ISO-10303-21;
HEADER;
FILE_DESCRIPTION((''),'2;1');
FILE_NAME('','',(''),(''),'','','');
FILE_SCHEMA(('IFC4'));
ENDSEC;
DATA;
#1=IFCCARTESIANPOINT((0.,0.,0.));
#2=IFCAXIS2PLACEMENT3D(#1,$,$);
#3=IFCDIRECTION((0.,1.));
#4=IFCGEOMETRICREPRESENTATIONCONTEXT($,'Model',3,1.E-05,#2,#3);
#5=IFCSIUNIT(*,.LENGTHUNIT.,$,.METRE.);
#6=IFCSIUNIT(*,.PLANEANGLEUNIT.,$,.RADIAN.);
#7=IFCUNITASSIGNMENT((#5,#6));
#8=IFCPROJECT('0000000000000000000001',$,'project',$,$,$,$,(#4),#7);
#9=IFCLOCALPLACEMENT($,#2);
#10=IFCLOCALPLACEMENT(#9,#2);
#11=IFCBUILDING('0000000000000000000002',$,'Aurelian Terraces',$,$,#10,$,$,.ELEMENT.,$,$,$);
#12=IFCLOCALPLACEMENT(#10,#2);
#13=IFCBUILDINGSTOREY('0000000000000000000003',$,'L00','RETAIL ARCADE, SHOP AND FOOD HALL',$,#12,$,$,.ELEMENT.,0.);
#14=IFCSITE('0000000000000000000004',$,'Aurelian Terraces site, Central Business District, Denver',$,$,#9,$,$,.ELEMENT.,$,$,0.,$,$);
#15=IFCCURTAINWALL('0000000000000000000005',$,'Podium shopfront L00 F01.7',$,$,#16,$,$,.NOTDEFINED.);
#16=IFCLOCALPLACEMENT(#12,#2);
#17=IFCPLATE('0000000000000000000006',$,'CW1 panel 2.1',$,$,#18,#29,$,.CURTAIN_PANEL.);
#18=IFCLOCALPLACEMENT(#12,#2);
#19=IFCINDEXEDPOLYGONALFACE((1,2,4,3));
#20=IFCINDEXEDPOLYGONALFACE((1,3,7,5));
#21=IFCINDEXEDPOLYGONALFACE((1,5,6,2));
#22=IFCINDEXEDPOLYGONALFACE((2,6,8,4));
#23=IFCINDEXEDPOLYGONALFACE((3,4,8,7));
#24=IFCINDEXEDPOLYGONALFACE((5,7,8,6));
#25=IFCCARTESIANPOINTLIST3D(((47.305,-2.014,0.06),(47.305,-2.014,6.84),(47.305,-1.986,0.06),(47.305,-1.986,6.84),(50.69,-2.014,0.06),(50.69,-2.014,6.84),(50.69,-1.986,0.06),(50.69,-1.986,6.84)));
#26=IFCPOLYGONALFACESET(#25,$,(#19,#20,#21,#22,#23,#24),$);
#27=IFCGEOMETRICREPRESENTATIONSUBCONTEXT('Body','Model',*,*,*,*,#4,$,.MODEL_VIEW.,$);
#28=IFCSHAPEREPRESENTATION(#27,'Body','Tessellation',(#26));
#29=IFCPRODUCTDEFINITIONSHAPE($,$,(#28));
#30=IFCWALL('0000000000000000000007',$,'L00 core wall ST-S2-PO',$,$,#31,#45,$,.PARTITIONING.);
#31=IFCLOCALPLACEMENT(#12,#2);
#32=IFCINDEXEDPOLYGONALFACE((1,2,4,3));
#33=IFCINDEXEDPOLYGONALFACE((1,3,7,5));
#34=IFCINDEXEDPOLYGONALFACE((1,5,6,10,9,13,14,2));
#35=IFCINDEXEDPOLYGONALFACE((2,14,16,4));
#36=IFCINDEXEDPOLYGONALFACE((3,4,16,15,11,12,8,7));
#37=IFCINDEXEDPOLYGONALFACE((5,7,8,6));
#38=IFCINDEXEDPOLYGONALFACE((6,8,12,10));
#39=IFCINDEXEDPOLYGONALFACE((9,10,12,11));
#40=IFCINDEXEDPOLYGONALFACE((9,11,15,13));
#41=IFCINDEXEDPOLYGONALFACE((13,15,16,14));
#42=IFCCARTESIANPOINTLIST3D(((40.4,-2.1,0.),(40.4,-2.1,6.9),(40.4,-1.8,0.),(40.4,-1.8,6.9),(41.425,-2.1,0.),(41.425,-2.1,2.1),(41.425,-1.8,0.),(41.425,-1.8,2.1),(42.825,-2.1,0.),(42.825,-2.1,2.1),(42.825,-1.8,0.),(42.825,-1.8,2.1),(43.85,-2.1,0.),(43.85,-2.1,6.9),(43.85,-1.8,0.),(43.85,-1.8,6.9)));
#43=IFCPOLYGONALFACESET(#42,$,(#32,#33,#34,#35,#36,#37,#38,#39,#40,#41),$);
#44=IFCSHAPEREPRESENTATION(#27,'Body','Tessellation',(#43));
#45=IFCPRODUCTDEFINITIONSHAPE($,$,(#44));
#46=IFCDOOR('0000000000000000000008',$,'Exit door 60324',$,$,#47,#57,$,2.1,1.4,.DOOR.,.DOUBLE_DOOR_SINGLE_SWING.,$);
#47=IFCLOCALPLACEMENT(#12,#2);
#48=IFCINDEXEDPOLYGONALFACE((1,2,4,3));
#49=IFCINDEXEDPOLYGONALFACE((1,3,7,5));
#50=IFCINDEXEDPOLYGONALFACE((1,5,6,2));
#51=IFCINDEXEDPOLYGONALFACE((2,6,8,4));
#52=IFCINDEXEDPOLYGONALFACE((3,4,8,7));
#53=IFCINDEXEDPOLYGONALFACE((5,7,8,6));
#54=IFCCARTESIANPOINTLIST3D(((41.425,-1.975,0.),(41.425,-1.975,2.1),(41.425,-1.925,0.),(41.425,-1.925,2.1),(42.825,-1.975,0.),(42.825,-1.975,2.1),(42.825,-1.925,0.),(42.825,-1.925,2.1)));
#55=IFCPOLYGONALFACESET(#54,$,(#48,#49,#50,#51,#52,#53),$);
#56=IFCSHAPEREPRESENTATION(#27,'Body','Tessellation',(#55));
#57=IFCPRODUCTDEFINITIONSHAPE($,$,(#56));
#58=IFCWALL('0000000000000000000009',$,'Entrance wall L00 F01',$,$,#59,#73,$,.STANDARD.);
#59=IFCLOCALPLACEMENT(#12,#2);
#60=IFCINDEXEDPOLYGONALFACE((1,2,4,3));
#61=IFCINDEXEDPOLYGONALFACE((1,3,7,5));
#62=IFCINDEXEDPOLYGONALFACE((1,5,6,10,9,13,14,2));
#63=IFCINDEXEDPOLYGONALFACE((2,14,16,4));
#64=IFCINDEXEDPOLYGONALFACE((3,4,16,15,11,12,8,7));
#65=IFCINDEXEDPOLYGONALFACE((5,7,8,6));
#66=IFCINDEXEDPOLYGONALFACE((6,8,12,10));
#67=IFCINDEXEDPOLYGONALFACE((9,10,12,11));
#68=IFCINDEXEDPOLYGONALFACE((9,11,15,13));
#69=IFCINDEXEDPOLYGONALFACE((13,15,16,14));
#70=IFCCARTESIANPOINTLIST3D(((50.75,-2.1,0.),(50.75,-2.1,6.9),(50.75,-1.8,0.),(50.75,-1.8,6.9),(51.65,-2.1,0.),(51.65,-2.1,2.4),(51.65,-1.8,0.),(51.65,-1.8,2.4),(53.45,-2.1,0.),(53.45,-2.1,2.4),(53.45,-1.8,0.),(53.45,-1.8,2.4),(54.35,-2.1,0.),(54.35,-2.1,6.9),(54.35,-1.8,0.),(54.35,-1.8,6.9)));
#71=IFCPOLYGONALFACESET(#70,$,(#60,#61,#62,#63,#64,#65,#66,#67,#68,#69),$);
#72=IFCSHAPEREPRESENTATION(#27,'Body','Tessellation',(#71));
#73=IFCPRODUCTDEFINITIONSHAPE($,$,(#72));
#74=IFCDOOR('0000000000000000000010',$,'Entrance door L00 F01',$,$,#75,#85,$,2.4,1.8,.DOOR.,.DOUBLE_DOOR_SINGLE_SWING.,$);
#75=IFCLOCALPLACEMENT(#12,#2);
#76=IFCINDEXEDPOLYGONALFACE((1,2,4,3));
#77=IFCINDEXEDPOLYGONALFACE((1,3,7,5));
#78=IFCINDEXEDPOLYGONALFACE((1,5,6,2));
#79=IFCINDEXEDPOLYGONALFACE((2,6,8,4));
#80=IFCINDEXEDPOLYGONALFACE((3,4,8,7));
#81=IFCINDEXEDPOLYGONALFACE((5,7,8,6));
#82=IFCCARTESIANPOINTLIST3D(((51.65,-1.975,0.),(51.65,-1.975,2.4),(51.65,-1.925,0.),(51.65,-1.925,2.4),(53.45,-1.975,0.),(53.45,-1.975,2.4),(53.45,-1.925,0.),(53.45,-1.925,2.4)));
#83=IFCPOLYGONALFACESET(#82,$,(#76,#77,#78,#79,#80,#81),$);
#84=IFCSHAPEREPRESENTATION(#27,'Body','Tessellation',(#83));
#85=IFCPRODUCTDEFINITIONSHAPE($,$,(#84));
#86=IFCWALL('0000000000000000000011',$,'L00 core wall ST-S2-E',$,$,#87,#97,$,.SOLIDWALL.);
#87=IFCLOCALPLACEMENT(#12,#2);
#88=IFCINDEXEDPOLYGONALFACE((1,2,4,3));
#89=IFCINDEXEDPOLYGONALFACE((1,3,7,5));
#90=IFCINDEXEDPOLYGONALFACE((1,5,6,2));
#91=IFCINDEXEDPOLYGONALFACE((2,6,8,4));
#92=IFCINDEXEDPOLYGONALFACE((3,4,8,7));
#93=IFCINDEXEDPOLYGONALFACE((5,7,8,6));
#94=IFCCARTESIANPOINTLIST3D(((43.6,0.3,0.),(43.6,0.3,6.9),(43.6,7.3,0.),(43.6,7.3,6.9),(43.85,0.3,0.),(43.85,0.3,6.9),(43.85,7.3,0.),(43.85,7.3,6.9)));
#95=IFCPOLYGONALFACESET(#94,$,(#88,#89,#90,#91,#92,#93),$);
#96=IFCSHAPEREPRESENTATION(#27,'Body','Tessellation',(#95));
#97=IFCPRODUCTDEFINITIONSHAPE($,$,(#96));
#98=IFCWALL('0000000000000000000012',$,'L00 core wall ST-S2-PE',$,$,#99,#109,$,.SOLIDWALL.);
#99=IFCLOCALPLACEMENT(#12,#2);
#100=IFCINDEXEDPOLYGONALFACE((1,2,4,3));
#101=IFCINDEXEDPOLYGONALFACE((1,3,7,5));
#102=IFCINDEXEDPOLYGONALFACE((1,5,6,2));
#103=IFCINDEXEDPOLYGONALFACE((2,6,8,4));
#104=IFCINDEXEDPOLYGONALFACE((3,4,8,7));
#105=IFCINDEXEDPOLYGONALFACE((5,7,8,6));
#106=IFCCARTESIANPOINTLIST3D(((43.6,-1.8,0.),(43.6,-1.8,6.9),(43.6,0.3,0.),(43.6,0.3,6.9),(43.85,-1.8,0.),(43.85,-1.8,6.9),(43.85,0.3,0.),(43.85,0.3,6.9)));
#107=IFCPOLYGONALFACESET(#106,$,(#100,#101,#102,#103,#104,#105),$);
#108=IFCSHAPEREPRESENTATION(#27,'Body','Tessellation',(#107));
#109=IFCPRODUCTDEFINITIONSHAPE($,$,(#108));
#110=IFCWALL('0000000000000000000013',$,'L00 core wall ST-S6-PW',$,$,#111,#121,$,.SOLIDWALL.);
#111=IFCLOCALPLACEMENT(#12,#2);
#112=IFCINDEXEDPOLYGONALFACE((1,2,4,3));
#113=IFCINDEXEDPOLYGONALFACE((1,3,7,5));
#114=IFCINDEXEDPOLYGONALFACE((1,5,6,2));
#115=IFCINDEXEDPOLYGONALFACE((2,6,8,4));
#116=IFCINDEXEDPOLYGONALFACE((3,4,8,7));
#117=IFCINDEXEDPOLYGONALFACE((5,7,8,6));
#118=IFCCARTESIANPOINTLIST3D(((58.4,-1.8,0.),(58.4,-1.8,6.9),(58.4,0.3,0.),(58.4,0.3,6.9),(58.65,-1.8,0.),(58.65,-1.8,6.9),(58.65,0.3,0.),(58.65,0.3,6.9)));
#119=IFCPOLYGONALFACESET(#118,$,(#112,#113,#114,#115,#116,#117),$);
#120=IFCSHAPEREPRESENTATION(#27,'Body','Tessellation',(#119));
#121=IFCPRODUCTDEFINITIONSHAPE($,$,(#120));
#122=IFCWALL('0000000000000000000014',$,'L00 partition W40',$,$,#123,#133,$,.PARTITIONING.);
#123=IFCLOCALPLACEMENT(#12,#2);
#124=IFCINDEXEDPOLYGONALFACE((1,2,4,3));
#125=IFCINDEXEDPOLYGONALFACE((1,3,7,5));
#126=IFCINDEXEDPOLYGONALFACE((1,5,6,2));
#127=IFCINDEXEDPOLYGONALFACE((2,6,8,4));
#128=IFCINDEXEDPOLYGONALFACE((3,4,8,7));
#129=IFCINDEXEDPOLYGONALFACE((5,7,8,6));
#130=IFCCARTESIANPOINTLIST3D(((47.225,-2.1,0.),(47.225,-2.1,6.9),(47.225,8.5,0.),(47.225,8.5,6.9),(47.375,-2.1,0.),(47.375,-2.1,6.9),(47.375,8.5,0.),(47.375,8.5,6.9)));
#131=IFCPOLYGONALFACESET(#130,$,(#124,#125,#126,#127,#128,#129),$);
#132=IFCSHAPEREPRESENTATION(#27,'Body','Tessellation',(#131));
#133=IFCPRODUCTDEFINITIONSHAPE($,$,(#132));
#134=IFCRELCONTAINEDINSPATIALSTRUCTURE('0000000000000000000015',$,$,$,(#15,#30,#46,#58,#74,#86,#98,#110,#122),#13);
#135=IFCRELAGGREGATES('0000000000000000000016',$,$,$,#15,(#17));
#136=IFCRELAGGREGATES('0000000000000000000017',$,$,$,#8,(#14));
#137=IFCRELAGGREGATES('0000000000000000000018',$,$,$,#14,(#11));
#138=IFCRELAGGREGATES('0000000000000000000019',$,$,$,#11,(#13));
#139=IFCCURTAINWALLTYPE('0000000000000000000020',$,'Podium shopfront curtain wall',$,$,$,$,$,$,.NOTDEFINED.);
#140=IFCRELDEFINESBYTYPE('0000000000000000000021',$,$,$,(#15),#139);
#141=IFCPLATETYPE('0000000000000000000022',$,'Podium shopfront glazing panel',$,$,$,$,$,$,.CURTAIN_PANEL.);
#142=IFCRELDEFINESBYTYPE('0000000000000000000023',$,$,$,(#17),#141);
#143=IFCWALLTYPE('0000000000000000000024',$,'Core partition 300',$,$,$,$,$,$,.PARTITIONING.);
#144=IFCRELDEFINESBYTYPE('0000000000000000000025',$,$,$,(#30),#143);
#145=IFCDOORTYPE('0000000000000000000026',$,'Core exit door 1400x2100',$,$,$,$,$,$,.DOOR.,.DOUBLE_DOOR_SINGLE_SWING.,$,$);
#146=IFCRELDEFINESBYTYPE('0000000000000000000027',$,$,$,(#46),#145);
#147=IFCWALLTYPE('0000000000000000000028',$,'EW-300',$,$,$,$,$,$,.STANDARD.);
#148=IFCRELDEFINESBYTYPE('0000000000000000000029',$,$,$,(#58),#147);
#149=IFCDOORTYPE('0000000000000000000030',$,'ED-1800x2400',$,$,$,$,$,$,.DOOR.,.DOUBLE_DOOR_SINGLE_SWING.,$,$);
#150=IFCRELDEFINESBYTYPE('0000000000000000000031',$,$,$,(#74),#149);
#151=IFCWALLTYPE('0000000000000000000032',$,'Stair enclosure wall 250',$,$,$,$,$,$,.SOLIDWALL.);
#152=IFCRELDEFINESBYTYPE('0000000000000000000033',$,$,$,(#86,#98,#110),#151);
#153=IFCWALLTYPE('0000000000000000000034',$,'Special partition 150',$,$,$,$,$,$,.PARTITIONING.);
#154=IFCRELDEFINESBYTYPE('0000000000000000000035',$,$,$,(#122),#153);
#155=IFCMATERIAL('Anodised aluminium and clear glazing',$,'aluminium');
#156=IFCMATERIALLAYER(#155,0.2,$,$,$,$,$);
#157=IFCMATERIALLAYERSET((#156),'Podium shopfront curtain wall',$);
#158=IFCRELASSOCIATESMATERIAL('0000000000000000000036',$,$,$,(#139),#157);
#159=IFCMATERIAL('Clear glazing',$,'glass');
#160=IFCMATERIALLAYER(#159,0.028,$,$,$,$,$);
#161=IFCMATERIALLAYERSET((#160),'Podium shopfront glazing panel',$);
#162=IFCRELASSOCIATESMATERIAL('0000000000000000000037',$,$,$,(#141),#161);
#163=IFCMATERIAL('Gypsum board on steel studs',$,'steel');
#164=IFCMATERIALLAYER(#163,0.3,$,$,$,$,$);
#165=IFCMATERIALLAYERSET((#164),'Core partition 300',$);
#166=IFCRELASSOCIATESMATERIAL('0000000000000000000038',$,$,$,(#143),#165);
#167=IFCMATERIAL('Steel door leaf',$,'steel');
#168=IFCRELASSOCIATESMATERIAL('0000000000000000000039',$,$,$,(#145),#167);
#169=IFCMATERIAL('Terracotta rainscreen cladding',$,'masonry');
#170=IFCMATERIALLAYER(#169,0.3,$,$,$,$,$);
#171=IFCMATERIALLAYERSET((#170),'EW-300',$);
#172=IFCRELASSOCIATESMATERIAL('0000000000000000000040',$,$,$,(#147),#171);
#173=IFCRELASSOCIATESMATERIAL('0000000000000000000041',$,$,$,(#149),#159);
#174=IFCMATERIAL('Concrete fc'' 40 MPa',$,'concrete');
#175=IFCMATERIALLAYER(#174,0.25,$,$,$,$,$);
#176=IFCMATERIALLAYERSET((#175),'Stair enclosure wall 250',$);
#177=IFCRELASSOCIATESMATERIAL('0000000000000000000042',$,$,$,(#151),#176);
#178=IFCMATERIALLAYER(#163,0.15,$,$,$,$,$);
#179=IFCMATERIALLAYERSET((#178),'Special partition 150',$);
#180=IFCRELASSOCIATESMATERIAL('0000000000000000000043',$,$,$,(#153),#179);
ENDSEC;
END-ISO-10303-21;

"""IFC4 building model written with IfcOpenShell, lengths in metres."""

from ifc_helpers import new_model, si_unit, direction, frame, frame_2d, origin, origin_2d, place, context, subcontext, project, spatial, rectangle, extrude, source, transform, mapped, material, layer, layer_set, type_object, element, fill, aggregate, save


model = new_model("IFC4")

# Units and contexts
model_context = context("Model", 3, precision=1e-05, world=origin(), true_north=direction((0.0, 1.0)))
body_context = subcontext(model_context, "Body", "Model", "MODEL_VIEW")
ifc_project = project(units=[si_unit("LENGTHUNIT", "METRE"), si_unit("PLANEANGLEUNIT", "RADIAN")], contexts=[model_context])

# Site, building, storey
site_placement = place(None, origin())
site = spatial("IfcSite", under=ifc_project, at=site_placement, Name="Aurelian Terraces site, Central Business District, Denver", CompositionType="ELEMENT", RefElevation=0.0)
building_placement = place(site_placement, origin())
building = spatial("IfcBuilding", under=site, at=building_placement, Name="Aurelian Terraces", CompositionType="ELEMENT")
storey_placement = place(building_placement, origin())
storey = spatial("IfcBuildingStorey", under=building, at=storey_placement, Name="L00", Description="RETAIL ARCADE, SHOP AND FOOD HALL", CompositionType="ELEMENT", Elevation=0.0)

# Curtain wall
ifc_material_1 = material(Name="Anodised aluminium and clear glazing", Category="aluminium")
ifc_layer_1 = layer(ifc_material_1, 0.2)
ifc_layer_set_1 = layer_set([ifc_layer_1], Name="Podium shopfront curtain wall")
curtain_wall_type = type_object("IfcCurtainWallType", Name="Podium shopfront curtain wall", PredefinedType="NOTDEFINED", material=ifc_layer_set_1)
curtain_wall_1_placement = place(storey_placement, origin())
curtain_wall_1 = element("IfcCurtainWall", 1, at=curtain_wall_1_placement, inside=storey, type_object=curtain_wall_type, Name="Podium shopfront L00 F01.7", PredefinedType="NOTDEFINED")

# Plate
ifc_material_2 = material(Name="Clear glazing", Category="glass")
ifc_layer_2 = layer(ifc_material_2, 0.028)
ifc_layer_set_2 = layer_set([ifc_layer_2], Name="Podium shopfront glazing panel")
plate_type = type_object("IfcPlateType", Name="Podium shopfront glazing panel", PredefinedType="CURTAIN_PANEL", material=ifc_layer_set_2)
shared_shape_1 = source(origin(), body_context, "Body", "SweptSolid", [
    extrude(rectangle(XDim=3.385, YDim=0.028, at=origin_2d()), origin(), (0.0, 0.0, 1.0), 6.78),
])
plate_1_placement = place(storey_placement, frame((48.9975, -2.0, 0.06), z_axis=(0.0, 0.0, 1.0), x_axis=(1.0, 0.0, 0.0)))
plate_1 = element("IfcPlate", 2, at=plate_1_placement, type_object=plate_type, Name="CW1 panel 2.1", PredefinedType="CURTAIN_PANEL", context=body_context, shape_type="MappedRepresentation", body=[
    mapped(shared_shape_1, transform((0.0, 0.0, 0.0), scale=1.0)),
])
aggregate(curtain_wall_1, [plate_1])

# Walls, openings, doors
ifc_material_3 = material(Name="Gypsum board on steel studs", Category="steel")
ifc_layer_3 = layer(ifc_material_3, 0.3)
ifc_layer_set_3 = layer_set([ifc_layer_3], Name="Core partition 300")
wall_type_1 = type_object("IfcWallType", Name="Core partition 300", PredefinedType="PARTITIONING", material=ifc_layer_set_3)
wall_1_placement = place(storey_placement, frame((43.85, -1.95, 0.0), z_axis=(0.0, 0.0, 1.0), x_axis=(-1.0, 0.0, 0.0)))
wall_1 = element("IfcWall", 3, at=wall_1_placement, inside=storey, type_object=wall_type_1, Name="L00 core wall ST-S2-PO", PredefinedType="PARTITIONING", context=body_context, shape_type="SweptSolid", body=[
    extrude(rectangle(XDim=3.45, YDim=0.3, at=frame_2d((1.725, 0.0))), origin(), (0.0, 0.0, 1.0), 6.9),
])
opening_1_placement = place(wall_1_placement, frame((1.025, 0.0, 0.0)))
opening_1 = element("IfcOpeningElement", 4, at=opening_1_placement, cuts=wall_1, PredefinedType="OPENING", context=body_context, shape_type="SweptSolid", body=[
    extrude(rectangle(XDim=1.4, YDim=2.1, at=frame_2d((0.7, 1.05))), frame((0.0, 0.16, 0.0), z_axis=(0.0, -1.0, 0.0), x_axis=(1.0, 0.0, 0.0)), (0.0, 0.0, 1.0), 0.32),
])
ifc_material_4 = material(Name="Steel door leaf", Category="steel")
door_type_1 = type_object("IfcDoorType", Name="Core exit door 1400x2100", OperationType="DOUBLE_DOOR_SINGLE_SWING", PredefinedType="DOOR", material=ifc_material_4)
shared_shape_2 = source(origin(), body_context, "Body", "SweptSolid", [
    extrude(rectangle(XDim=1.4, YDim=2.1, at=frame_2d((0.7, 1.05))), frame((0.0, 0.025, 0.0), z_axis=(0.0, -1.0, 0.0), x_axis=(1.0, 0.0, 0.0)), (0.0, 0.0, 1.0), 0.05),
])
door_1_placement = place(opening_1_placement, origin())
door_1 = element("IfcDoor", 5, at=door_1_placement, inside=storey, type_object=door_type_1, Name="Exit door 60324", OperationType="DOUBLE_DOOR_SINGLE_SWING", OverallHeight=2.1, OverallWidth=1.4, PredefinedType="DOOR", context=body_context, shape_type="MappedRepresentation", body=[
    mapped(shared_shape_2, transform((0.0, 0.0, 0.0), scale=1.0)),
])
fill(opening_1, door_1)
ifc_material_5 = material(Name="Terracotta rainscreen cladding", Category="masonry")
ifc_layer_4 = layer(ifc_material_5, 0.3)
ifc_layer_set_4 = layer_set([ifc_layer_4], Name="EW-300")
wall_type_2 = type_object("IfcWallType", Name="EW-300", PredefinedType="STANDARD", material=ifc_layer_set_4)
shared_shape_3 = source(origin(), body_context, "Body", "SweptSolid", [
    extrude(rectangle(XDim=3.6, YDim=0.3, at=frame_2d((1.8, 0.0))), origin(), (0.0, 0.0, 1.0), 6.9),
])
wall_2_placement = place(storey_placement, frame((50.75, -1.95, 0.0), z_axis=(0.0, 0.0, 1.0), x_axis=(1.0, 0.0, 0.0)))
wall_2 = element("IfcWall", 6, at=wall_2_placement, inside=storey, type_object=wall_type_2, Name="Entrance wall L00 F01", PredefinedType="STANDARD", context=body_context, shape_type="MappedRepresentation", body=[
    mapped(shared_shape_3, transform((0.0, 0.0, 0.0), scale=1.0)),
])
shared_shape_4 = source(origin(), body_context, "Body", "SweptSolid", [
    extrude(rectangle(XDim=1.8, YDim=2.4, at=frame_2d((0.9, 1.2))), frame((0.0, 0.16, 0.0), z_axis=(0.0, -1.0, 0.0), x_axis=(1.0, 0.0, 0.0)), (0.0, 0.0, 1.0), 0.32),
])
opening_2_placement = place(wall_2_placement, frame((0.9, 0.0, 0.0)))
opening_2 = element("IfcOpeningElement", 7, at=opening_2_placement, cuts=wall_2, PredefinedType="OPENING", context=body_context, shape_type="MappedRepresentation", body=[
    mapped(shared_shape_4, transform((0.0, 0.0, 0.0), scale=1.0)),
])
door_type_2 = type_object("IfcDoorType", Name="ED-1800x2400", OperationType="DOUBLE_DOOR_SINGLE_SWING", PredefinedType="DOOR", material=ifc_material_2)
shared_shape_5 = source(origin(), body_context, "Body", "SweptSolid", [
    extrude(rectangle(XDim=1.8, YDim=2.4, at=frame_2d((0.9, 1.2))), frame((0.0, 0.025, 0.0), z_axis=(0.0, -1.0, 0.0), x_axis=(1.0, 0.0, 0.0)), (0.0, 0.0, 1.0), 0.05),
])
door_2_placement = place(opening_2_placement, origin())
door_2 = element("IfcDoor", 8, at=door_2_placement, inside=storey, type_object=door_type_2, Name="Entrance door L00 F01", OperationType="DOUBLE_DOOR_SINGLE_SWING", OverallHeight=2.4, OverallWidth=1.8, PredefinedType="DOOR", context=body_context, shape_type="MappedRepresentation", body=[
    mapped(shared_shape_5, transform((0.0, 0.0, 0.0), scale=1.0)),
])
fill(opening_2, door_2)

# Walls
ifc_material_6 = material(Name="Concrete fc' 40 MPa", Category="concrete")
ifc_layer_5 = layer(ifc_material_6, 0.25)
ifc_layer_set_5 = layer_set([ifc_layer_5], Name="Stair enclosure wall 250")
wall_type_3 = type_object("IfcWallType", Name="Stair enclosure wall 250", PredefinedType="SOLIDWALL", material=ifc_layer_set_5)
shared_shape_6 = source(origin(), body_context, "Body", "SweptSolid", [
    extrude(rectangle(XDim=7.0, YDim=0.25, at=frame_2d((3.5, 0.0))), origin(), (0.0, 0.0, 1.0), 6.9),
])
wall_3_placement = place(storey_placement, frame((43.725, 0.3, 0.0), z_axis=(0.0, 0.0, 1.0), x_axis=(0.0, 1.0, 0.0)))
element("IfcWall", 9, at=wall_3_placement, inside=storey, type_object=wall_type_3, Name="L00 core wall ST-S2-E", PredefinedType="SOLIDWALL", context=body_context, shape_type="MappedRepresentation", body=[
    mapped(shared_shape_6, transform((0.0, 0.0, 0.0), scale=1.0)),
])
shared_shape_7 = source(origin(), body_context, "Body", "SweptSolid", [
    extrude(rectangle(XDim=2.1, YDim=0.25, at=frame_2d((1.05, 0.0))), origin(), (0.0, 0.0, 1.0), 6.9),
])
for number, where, z_axis, x_axis, name in (
    (10, (43.725, -1.8, 0.0), (0.0, 0.0, 1.0), (0.0, 1.0, 0.0), "L00 core wall ST-S2-PE"),
    (11, (58.525, -1.8, 0.0), (0.0, 0.0, 1.0), (0.0, 1.0, 0.0), "L00 core wall ST-S6-PW"),
):
    element("IfcWall", number, at=place(storey_placement, frame(where, z_axis=z_axis, x_axis=x_axis)), inside=storey, type_object=wall_type_3, Name=name, PredefinedType="SOLIDWALL", context=body_context, shape_type="MappedRepresentation", body=[
        mapped(shared_shape_7, transform((0.0, 0.0, 0.0), scale=1.0)),
    ])
ifc_layer_6 = layer(ifc_material_3, 0.15)
ifc_layer_set_6 = layer_set([ifc_layer_6], Name="Special partition 150")
wall_type_4 = type_object("IfcWallType", Name="Special partition 150", PredefinedType="PARTITIONING", material=ifc_layer_set_6)
shared_shape_8 = source(origin(), body_context, "Body", "SweptSolid", [
    extrude(rectangle(XDim=10.6, YDim=0.15, at=frame_2d((5.3, 0.0))), origin(), (0.0, 0.0, 1.0), 6.9),
])
wall_4_placement = place(storey_placement, frame((47.3, -2.1, 0.0), z_axis=(0.0, 0.0, 1.0), x_axis=(0.0, 1.0, 0.0)))
element("IfcWall", 12, at=wall_4_placement, inside=storey, type_object=wall_type_4, Name="L00 partition W40", PredefinedType="PARTITIONING", context=body_context, shape_type="MappedRepresentation", body=[
    mapped(shared_shape_8, transform((0.0, 0.0, 0.0), scale=1.0)),
])

save(model, "model.ifc")
